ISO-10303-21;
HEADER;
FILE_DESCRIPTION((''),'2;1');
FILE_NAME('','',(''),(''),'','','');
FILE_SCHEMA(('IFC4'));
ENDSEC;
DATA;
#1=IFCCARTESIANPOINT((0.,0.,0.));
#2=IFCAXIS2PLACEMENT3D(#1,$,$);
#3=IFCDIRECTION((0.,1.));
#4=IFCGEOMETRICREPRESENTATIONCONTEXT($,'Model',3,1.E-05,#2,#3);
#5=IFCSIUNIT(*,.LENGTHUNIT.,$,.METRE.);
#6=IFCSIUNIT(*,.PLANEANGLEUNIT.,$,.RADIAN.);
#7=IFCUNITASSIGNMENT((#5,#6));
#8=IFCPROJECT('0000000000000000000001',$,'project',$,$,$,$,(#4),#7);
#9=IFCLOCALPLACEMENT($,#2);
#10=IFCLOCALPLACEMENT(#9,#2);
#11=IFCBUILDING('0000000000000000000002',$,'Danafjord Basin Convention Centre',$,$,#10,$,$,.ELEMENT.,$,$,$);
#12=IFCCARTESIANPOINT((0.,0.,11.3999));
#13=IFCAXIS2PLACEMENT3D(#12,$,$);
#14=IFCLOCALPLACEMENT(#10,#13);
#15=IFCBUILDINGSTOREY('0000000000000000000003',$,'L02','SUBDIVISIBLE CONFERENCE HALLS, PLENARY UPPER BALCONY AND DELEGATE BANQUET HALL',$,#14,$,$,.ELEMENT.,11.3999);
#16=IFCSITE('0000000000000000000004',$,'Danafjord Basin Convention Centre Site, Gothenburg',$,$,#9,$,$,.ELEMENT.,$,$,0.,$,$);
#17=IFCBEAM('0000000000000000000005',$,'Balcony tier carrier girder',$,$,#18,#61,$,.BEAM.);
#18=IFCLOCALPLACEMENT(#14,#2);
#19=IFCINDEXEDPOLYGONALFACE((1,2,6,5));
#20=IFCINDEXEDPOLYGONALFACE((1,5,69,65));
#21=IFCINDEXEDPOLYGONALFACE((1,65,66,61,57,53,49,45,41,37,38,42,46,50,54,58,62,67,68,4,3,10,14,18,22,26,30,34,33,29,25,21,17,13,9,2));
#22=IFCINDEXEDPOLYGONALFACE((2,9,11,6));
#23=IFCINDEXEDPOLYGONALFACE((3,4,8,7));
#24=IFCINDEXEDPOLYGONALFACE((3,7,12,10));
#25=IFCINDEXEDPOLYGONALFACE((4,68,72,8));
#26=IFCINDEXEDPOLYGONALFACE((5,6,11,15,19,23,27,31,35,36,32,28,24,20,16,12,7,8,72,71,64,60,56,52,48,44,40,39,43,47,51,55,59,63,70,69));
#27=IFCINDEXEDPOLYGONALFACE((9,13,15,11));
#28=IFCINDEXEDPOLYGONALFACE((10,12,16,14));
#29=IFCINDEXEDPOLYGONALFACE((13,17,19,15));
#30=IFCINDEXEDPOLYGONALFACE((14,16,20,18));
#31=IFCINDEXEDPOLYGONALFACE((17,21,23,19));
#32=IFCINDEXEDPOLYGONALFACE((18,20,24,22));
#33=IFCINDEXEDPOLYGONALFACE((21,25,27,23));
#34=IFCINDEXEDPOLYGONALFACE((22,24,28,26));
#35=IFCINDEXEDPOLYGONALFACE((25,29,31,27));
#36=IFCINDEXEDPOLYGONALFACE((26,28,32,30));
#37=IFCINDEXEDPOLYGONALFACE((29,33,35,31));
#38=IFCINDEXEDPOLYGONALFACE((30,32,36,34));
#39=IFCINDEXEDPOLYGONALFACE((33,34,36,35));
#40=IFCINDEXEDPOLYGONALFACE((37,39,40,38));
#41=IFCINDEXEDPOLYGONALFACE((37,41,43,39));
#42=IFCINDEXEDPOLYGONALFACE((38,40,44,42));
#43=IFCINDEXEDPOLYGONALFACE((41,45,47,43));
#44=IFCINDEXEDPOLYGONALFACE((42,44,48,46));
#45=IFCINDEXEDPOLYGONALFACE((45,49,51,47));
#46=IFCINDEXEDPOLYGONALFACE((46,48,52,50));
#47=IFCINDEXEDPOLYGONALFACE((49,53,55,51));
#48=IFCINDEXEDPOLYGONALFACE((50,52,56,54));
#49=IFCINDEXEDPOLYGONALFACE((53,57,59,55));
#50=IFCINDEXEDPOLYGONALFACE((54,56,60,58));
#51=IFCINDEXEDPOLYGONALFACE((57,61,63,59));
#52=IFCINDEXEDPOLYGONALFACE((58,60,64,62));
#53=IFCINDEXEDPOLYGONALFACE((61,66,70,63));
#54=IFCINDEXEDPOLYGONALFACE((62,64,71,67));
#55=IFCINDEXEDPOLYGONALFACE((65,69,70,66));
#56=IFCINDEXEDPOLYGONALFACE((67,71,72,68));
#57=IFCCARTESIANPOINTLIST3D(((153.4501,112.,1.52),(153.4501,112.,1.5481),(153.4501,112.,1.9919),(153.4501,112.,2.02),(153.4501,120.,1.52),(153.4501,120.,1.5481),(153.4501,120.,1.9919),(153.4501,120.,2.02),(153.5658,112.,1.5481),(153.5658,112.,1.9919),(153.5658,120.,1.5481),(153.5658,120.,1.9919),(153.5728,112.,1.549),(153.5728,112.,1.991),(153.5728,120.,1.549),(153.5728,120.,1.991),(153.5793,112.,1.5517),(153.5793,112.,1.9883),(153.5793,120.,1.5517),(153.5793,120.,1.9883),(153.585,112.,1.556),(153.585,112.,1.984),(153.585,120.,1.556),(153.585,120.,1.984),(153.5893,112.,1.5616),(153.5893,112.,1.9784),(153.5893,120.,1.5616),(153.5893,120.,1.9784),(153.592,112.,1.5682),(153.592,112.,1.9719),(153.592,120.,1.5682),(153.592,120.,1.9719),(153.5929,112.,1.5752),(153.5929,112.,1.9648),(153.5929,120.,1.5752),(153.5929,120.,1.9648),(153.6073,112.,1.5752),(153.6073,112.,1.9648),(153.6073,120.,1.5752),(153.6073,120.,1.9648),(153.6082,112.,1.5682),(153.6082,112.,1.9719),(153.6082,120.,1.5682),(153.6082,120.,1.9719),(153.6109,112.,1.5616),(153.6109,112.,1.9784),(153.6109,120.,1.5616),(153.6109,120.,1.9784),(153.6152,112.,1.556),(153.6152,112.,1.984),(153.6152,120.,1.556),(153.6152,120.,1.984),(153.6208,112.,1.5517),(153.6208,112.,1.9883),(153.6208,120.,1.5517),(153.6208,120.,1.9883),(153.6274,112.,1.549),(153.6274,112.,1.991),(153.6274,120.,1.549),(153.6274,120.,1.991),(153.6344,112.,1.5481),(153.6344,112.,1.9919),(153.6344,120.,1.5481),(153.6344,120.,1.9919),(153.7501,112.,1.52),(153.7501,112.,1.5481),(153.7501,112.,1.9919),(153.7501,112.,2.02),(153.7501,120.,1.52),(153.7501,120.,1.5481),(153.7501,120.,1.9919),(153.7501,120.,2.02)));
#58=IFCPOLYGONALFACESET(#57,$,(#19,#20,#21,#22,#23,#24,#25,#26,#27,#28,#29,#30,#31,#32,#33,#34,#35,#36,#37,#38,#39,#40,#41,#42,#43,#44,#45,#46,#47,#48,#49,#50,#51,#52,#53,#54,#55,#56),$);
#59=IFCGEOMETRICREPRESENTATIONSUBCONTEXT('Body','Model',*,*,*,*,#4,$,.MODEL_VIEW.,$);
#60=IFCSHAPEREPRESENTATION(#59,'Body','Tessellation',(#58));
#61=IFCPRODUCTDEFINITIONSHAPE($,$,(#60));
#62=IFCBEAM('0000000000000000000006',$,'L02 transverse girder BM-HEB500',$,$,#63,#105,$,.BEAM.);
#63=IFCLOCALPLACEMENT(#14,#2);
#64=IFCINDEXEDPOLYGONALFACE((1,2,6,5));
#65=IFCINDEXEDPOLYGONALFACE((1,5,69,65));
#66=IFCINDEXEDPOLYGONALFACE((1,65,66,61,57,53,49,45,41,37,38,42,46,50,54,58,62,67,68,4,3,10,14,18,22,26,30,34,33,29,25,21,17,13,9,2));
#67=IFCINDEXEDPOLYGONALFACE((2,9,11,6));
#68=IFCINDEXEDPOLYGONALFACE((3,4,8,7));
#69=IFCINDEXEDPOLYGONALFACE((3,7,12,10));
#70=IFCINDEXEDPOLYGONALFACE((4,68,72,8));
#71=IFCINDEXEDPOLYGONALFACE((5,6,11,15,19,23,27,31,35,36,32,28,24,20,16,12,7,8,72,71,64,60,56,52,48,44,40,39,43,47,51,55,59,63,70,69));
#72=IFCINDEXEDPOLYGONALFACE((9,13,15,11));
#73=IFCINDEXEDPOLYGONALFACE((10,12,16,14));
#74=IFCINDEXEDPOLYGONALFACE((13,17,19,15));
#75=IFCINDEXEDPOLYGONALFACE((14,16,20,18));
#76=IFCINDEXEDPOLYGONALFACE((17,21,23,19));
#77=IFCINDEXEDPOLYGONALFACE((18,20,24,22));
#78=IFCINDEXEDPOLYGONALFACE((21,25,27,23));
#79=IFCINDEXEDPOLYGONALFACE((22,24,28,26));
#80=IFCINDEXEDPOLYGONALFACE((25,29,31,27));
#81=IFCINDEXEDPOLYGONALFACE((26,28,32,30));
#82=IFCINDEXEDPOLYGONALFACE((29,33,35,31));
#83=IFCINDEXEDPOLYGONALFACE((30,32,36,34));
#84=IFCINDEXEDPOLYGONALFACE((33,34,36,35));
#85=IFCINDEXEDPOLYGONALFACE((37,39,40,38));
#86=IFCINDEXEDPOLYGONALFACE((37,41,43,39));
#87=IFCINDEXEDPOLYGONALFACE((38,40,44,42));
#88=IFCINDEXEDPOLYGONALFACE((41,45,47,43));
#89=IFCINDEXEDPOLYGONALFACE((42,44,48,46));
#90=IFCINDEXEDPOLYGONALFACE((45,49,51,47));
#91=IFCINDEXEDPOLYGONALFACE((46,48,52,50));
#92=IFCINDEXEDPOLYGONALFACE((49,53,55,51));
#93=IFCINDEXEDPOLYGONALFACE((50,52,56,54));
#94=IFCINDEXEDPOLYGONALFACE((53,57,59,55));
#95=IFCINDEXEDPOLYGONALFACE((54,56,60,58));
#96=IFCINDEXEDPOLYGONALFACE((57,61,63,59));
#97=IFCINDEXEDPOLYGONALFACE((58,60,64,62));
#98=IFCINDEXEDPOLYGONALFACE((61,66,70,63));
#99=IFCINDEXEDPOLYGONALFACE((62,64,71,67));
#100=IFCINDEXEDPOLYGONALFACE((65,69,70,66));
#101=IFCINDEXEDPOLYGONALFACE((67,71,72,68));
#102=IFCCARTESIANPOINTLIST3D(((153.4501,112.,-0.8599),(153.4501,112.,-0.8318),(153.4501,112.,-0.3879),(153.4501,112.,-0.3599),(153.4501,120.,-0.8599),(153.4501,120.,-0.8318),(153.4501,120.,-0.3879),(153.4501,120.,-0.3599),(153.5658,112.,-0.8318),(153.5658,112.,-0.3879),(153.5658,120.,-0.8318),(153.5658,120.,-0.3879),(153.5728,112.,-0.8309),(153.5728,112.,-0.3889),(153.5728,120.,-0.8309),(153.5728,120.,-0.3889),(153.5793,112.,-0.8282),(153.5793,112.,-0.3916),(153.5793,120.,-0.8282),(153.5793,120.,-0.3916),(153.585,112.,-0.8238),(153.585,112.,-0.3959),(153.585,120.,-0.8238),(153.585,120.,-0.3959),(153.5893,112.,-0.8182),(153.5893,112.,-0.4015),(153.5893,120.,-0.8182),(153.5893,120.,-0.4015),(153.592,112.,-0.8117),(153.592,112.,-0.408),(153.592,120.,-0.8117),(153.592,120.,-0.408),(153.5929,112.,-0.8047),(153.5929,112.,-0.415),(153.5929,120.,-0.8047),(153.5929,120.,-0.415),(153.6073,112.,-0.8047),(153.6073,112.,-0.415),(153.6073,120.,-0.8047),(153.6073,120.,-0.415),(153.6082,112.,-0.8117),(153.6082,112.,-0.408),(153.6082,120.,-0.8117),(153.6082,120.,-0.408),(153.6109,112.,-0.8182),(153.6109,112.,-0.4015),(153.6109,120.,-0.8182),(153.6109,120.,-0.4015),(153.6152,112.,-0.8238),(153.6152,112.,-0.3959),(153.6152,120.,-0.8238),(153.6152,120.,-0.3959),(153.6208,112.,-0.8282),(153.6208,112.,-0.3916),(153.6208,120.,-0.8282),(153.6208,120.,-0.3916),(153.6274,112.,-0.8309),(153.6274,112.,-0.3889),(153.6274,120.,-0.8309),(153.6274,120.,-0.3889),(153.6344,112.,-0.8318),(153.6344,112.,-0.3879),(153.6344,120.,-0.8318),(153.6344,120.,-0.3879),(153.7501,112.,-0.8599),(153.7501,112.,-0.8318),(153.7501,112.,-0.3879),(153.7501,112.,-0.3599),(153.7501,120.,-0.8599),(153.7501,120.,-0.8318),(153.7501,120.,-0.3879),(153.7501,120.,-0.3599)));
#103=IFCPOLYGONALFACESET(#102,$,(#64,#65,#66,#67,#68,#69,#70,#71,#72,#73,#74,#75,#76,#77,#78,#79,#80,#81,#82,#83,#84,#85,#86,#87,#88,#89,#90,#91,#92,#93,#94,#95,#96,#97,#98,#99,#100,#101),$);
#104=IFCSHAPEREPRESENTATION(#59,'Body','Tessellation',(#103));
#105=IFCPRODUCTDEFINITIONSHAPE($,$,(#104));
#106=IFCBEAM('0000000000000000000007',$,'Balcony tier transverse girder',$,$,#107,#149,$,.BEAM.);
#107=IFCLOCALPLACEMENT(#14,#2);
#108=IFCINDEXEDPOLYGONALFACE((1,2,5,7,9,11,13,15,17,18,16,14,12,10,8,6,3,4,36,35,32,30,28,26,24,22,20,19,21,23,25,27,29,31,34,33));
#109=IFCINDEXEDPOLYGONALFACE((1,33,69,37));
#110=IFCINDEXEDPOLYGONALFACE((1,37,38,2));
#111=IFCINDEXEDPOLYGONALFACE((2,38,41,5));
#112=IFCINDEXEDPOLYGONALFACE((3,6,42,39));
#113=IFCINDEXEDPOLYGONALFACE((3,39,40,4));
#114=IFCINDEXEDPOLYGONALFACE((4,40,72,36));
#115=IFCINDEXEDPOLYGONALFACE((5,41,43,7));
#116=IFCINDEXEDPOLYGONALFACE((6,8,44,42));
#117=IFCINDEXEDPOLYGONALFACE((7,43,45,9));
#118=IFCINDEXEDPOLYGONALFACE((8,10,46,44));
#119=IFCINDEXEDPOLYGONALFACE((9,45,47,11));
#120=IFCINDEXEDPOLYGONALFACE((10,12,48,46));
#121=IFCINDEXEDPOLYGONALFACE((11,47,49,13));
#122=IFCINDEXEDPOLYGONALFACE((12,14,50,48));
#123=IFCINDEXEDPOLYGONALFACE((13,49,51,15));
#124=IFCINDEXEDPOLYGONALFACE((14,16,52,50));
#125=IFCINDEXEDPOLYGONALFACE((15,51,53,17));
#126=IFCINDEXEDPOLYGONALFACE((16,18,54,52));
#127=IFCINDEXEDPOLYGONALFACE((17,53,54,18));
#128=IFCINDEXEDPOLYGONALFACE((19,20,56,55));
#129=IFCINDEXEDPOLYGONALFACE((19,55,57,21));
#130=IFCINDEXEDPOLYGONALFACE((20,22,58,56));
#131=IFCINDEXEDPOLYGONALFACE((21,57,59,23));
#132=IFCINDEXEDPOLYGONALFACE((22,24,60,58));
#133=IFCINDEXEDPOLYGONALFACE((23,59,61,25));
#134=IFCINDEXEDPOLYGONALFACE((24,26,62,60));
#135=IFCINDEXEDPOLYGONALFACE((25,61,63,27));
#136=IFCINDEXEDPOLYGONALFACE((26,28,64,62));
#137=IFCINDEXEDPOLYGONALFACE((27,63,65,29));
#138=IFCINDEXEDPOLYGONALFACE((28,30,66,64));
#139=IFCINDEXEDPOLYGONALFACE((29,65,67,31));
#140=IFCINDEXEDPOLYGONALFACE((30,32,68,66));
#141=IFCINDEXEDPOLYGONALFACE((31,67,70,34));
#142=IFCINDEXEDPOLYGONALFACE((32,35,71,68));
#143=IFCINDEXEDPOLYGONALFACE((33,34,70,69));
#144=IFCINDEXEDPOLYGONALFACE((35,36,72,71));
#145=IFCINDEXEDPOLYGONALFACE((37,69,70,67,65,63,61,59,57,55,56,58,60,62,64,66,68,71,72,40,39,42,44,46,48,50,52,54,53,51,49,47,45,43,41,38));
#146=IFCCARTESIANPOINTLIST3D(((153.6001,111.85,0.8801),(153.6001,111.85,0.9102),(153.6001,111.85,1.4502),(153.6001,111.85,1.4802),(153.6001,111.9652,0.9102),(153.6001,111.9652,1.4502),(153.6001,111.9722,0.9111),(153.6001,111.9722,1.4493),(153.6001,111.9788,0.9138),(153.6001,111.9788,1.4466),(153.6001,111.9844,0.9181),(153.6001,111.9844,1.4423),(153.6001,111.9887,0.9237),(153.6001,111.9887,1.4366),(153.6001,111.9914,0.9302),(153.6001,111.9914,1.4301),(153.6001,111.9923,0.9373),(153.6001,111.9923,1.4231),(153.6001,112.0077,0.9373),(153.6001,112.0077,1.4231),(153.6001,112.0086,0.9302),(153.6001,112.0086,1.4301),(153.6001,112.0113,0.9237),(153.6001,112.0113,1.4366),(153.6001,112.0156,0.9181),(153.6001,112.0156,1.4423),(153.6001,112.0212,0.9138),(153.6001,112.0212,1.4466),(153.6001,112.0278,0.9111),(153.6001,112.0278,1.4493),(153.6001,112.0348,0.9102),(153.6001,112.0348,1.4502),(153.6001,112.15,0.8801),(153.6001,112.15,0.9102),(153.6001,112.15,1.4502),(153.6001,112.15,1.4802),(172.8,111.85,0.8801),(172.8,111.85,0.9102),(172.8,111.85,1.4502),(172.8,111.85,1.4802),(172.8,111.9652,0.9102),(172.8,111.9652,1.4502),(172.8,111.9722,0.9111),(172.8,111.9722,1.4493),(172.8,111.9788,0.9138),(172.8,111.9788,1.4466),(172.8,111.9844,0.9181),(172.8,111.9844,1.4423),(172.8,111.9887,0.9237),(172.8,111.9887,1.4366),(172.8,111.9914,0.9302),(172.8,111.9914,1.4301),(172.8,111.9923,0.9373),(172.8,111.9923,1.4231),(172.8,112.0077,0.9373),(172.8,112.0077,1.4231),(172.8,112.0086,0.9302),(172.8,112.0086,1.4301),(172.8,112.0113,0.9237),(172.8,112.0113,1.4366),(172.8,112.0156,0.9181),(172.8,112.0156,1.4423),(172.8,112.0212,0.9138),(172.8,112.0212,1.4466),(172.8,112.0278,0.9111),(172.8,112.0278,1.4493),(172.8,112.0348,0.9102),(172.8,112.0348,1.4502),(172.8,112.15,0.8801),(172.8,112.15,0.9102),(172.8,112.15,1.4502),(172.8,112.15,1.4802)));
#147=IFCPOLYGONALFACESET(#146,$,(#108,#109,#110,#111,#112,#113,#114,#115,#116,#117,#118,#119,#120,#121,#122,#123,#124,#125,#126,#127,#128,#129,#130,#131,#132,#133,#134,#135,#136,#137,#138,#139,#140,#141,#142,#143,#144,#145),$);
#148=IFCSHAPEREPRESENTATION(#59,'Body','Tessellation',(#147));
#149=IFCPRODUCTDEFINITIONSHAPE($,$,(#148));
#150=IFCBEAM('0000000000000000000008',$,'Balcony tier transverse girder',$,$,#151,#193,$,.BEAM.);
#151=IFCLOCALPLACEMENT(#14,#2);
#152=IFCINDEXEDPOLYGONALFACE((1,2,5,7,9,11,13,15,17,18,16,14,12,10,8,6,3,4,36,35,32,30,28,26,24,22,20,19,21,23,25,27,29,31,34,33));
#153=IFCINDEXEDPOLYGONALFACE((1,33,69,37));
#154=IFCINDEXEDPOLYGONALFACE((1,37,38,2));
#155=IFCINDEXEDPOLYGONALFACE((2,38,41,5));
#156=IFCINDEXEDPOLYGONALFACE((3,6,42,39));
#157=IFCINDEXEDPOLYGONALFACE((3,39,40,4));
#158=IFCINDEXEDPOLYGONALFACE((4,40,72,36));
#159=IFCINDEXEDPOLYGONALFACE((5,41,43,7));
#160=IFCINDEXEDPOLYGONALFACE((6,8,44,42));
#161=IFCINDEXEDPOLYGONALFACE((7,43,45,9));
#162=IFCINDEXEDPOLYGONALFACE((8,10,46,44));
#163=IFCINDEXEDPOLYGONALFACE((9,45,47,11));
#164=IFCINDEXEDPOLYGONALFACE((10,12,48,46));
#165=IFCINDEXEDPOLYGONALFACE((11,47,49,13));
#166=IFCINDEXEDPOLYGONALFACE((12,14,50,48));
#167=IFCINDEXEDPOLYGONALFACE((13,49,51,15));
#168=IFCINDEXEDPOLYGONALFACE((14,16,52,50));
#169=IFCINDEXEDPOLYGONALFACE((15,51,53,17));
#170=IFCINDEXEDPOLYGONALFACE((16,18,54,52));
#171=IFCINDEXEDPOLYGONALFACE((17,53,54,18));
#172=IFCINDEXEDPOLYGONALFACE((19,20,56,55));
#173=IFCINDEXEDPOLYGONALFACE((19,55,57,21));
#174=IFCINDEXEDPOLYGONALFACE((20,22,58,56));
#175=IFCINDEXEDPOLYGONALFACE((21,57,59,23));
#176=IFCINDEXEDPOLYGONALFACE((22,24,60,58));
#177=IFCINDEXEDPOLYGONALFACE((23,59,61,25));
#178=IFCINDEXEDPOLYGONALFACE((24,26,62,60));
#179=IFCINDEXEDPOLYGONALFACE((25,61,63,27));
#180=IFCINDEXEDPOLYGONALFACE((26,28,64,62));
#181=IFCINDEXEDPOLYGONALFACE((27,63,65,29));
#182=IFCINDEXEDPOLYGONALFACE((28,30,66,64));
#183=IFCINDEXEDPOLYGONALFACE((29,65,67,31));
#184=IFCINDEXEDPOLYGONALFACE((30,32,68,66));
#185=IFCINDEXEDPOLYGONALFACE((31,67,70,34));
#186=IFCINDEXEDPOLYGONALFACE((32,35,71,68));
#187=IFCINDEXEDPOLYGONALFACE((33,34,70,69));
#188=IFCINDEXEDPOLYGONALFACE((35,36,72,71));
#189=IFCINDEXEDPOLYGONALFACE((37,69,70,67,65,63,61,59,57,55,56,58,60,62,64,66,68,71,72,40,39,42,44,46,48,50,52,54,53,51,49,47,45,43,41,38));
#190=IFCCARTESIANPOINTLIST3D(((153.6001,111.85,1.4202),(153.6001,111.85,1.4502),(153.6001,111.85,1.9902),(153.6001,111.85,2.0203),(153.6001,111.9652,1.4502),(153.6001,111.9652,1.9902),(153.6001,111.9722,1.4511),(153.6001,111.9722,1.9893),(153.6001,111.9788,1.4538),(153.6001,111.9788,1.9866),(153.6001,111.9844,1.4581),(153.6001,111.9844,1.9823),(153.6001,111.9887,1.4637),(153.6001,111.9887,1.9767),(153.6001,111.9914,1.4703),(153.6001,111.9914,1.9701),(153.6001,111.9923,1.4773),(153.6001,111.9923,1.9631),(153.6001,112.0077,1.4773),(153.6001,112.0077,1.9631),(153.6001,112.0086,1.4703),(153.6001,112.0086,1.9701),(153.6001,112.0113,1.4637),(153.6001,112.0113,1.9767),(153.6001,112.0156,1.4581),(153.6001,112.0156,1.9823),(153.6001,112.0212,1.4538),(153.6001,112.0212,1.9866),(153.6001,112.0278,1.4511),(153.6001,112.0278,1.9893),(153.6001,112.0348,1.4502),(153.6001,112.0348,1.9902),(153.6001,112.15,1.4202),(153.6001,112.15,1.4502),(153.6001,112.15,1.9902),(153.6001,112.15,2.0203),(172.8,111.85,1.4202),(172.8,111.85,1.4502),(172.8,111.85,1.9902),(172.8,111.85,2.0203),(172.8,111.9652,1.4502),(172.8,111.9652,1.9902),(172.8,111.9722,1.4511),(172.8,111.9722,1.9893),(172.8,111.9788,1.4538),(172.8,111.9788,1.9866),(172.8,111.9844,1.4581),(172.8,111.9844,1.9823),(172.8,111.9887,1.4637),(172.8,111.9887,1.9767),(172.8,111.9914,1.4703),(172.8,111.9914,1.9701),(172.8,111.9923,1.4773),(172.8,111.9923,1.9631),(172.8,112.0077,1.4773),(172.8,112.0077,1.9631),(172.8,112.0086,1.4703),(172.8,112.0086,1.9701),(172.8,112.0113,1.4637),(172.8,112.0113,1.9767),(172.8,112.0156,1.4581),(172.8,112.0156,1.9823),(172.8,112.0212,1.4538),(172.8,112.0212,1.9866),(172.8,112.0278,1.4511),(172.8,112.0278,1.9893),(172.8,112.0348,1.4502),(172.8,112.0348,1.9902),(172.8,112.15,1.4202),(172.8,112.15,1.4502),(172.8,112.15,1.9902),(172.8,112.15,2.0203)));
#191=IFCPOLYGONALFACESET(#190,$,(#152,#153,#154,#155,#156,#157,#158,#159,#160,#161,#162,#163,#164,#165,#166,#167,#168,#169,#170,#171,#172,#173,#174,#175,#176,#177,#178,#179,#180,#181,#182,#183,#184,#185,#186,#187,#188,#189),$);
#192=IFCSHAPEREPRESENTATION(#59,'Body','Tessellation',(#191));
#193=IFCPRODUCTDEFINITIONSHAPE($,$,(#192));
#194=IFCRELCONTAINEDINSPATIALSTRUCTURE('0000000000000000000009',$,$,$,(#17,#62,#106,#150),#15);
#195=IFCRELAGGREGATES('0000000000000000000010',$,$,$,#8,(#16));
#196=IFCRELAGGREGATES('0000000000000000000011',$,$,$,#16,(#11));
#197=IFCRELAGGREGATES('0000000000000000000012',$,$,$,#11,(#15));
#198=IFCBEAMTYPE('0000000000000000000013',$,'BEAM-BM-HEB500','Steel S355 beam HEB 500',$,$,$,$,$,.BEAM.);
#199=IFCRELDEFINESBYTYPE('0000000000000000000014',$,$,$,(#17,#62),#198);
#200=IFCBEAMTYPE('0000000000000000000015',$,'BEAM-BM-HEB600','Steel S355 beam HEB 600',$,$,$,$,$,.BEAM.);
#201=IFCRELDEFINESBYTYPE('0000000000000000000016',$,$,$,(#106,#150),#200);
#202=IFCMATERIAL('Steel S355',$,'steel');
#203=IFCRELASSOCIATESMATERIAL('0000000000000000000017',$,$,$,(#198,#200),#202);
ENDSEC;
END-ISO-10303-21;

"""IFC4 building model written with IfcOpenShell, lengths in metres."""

from ifc_helpers import new_model, si_unit, direction, frame, origin, origin_2d, place, context, subcontext, project, spatial, i_section, extrude, material, material_profile, profile_set, type_object, element, save


model = new_model("IFC4")

# Units and contexts
model_context = context("Model", 3, precision=1e-05, world=origin(), true_north=direction((0.0, 1.0)))
body_context = subcontext(model_context, "Body", "Model", "MODEL_VIEW")
ifc_project = project(units=[si_unit("LENGTHUNIT", "METRE"), si_unit("PLANEANGLEUNIT", "RADIAN")], contexts=[model_context])

# Site, building, storey
site_placement = place(None, origin())
site = spatial("IfcSite", under=ifc_project, at=site_placement, Name="Danafjord Basin Convention Centre Site, Gothenburg", CompositionType="ELEMENT", RefElevation=0.0)
building_placement = place(site_placement, origin())
building = spatial("IfcBuilding", under=site, at=building_placement, Name="Danafjord Basin Convention Centre", CompositionType="ELEMENT")
storey_placement = place(building_placement, frame((0.0, 0.0, 11.3999)))
storey = spatial("IfcBuildingStorey", under=building, at=storey_placement, Name="L02", Description="SUBDIVISIBLE CONFERENCE HALLS, PLENARY UPPER BALCONY AND DELEGATE BANQUET HALL", CompositionType="ELEMENT", Elevation=11.3999)

# Shared definitions
ifc_material_1 = material(Name="Steel S355", Category="steel")

# Beams
ifc_material_profile_1 = material_profile(ifc_material_1, i_section(OverallWidth=0.3, OverallDepth=0.5, WebThickness=0.0144, FlangeThickness=0.0281, FilletRadius=0.0271, at=origin_2d()), Name="HEB 500")
ifc_profile_set_1 = profile_set([ifc_material_profile_1], Name="Steel S355")
beam_type_1 = type_object("IfcBeamType", Name="BEAM-BM-HEB500", Description="Steel S355 beam HEB 500", PredefinedType="BEAM", material=ifc_profile_set_1)
for number, where, z_axis, x_axis, name in (
    (1, (153.6001, 112.0, 1.77), (0.0, 1.0, 0.0), (-1.0, 0.0, 0.0), "Balcony tier carrier girder"),
    (2, (153.6001, 112.0, -0.6099), (0.0, 1.0, 0.0), (-1.0, 0.0, 0.0), "L02 transverse girder BM-HEB500"),
):
    element("IfcBeam", number, at=place(storey_placement, frame(where, z_axis=z_axis, x_axis=x_axis)), inside=storey, type_object=beam_type_1, Name=name, PredefinedType="BEAM", context=body_context, shape_type="SweptSolid", body=[
        extrude(i_section(OverallWidth=0.3, OverallDepth=0.5, WebThickness=0.0144, FlangeThickness=0.0281, FilletRadius=0.0271, at=origin_2d()), origin(), (0.0, 0.0, 1.0), 8.0),
    ])
ifc_material_profile_2 = material_profile(ifc_material_1, i_section(OverallWidth=0.3, OverallDepth=0.6001, WebThickness=0.0154, FlangeThickness=0.03, FilletRadius=0.0271, at=origin_2d()), Name="HEB 600")
ifc_profile_set_2 = profile_set([ifc_material_profile_2], Name="Steel S355")
beam_type_2 = type_object("IfcBeamType", Name="BEAM-BM-HEB600", Description="Steel S355 beam HEB 600", PredefinedType="BEAM", material=ifc_profile_set_2)
for number, where, z_axis, x_axis, name in (
    (3, (153.6001, 112.0, 1.1802), (1.0, 0.0, 0.0), (0.0, 1.0, 0.0), "Balcony tier transverse girder"),
    (4, (153.6001, 112.0, 1.7202), (1.0, 0.0, 0.0), (0.0, 1.0, 0.0), "Balcony tier transverse girder"),
):
    element("IfcBeam", number, at=place(storey_placement, frame(where, z_axis=z_axis, x_axis=x_axis)), inside=storey, type_object=beam_type_2, Name=name, PredefinedType="BEAM", context=body_context, shape_type="SweptSolid", body=[
        extrude(i_section(OverallWidth=0.3, OverallDepth=0.6001, WebThickness=0.0154, FlangeThickness=0.03, FilletRadius=0.0271, at=origin_2d()), origin(), (0.0, 0.0, 1.0), 19.2),
    ])

save(model, "model.ifc")
